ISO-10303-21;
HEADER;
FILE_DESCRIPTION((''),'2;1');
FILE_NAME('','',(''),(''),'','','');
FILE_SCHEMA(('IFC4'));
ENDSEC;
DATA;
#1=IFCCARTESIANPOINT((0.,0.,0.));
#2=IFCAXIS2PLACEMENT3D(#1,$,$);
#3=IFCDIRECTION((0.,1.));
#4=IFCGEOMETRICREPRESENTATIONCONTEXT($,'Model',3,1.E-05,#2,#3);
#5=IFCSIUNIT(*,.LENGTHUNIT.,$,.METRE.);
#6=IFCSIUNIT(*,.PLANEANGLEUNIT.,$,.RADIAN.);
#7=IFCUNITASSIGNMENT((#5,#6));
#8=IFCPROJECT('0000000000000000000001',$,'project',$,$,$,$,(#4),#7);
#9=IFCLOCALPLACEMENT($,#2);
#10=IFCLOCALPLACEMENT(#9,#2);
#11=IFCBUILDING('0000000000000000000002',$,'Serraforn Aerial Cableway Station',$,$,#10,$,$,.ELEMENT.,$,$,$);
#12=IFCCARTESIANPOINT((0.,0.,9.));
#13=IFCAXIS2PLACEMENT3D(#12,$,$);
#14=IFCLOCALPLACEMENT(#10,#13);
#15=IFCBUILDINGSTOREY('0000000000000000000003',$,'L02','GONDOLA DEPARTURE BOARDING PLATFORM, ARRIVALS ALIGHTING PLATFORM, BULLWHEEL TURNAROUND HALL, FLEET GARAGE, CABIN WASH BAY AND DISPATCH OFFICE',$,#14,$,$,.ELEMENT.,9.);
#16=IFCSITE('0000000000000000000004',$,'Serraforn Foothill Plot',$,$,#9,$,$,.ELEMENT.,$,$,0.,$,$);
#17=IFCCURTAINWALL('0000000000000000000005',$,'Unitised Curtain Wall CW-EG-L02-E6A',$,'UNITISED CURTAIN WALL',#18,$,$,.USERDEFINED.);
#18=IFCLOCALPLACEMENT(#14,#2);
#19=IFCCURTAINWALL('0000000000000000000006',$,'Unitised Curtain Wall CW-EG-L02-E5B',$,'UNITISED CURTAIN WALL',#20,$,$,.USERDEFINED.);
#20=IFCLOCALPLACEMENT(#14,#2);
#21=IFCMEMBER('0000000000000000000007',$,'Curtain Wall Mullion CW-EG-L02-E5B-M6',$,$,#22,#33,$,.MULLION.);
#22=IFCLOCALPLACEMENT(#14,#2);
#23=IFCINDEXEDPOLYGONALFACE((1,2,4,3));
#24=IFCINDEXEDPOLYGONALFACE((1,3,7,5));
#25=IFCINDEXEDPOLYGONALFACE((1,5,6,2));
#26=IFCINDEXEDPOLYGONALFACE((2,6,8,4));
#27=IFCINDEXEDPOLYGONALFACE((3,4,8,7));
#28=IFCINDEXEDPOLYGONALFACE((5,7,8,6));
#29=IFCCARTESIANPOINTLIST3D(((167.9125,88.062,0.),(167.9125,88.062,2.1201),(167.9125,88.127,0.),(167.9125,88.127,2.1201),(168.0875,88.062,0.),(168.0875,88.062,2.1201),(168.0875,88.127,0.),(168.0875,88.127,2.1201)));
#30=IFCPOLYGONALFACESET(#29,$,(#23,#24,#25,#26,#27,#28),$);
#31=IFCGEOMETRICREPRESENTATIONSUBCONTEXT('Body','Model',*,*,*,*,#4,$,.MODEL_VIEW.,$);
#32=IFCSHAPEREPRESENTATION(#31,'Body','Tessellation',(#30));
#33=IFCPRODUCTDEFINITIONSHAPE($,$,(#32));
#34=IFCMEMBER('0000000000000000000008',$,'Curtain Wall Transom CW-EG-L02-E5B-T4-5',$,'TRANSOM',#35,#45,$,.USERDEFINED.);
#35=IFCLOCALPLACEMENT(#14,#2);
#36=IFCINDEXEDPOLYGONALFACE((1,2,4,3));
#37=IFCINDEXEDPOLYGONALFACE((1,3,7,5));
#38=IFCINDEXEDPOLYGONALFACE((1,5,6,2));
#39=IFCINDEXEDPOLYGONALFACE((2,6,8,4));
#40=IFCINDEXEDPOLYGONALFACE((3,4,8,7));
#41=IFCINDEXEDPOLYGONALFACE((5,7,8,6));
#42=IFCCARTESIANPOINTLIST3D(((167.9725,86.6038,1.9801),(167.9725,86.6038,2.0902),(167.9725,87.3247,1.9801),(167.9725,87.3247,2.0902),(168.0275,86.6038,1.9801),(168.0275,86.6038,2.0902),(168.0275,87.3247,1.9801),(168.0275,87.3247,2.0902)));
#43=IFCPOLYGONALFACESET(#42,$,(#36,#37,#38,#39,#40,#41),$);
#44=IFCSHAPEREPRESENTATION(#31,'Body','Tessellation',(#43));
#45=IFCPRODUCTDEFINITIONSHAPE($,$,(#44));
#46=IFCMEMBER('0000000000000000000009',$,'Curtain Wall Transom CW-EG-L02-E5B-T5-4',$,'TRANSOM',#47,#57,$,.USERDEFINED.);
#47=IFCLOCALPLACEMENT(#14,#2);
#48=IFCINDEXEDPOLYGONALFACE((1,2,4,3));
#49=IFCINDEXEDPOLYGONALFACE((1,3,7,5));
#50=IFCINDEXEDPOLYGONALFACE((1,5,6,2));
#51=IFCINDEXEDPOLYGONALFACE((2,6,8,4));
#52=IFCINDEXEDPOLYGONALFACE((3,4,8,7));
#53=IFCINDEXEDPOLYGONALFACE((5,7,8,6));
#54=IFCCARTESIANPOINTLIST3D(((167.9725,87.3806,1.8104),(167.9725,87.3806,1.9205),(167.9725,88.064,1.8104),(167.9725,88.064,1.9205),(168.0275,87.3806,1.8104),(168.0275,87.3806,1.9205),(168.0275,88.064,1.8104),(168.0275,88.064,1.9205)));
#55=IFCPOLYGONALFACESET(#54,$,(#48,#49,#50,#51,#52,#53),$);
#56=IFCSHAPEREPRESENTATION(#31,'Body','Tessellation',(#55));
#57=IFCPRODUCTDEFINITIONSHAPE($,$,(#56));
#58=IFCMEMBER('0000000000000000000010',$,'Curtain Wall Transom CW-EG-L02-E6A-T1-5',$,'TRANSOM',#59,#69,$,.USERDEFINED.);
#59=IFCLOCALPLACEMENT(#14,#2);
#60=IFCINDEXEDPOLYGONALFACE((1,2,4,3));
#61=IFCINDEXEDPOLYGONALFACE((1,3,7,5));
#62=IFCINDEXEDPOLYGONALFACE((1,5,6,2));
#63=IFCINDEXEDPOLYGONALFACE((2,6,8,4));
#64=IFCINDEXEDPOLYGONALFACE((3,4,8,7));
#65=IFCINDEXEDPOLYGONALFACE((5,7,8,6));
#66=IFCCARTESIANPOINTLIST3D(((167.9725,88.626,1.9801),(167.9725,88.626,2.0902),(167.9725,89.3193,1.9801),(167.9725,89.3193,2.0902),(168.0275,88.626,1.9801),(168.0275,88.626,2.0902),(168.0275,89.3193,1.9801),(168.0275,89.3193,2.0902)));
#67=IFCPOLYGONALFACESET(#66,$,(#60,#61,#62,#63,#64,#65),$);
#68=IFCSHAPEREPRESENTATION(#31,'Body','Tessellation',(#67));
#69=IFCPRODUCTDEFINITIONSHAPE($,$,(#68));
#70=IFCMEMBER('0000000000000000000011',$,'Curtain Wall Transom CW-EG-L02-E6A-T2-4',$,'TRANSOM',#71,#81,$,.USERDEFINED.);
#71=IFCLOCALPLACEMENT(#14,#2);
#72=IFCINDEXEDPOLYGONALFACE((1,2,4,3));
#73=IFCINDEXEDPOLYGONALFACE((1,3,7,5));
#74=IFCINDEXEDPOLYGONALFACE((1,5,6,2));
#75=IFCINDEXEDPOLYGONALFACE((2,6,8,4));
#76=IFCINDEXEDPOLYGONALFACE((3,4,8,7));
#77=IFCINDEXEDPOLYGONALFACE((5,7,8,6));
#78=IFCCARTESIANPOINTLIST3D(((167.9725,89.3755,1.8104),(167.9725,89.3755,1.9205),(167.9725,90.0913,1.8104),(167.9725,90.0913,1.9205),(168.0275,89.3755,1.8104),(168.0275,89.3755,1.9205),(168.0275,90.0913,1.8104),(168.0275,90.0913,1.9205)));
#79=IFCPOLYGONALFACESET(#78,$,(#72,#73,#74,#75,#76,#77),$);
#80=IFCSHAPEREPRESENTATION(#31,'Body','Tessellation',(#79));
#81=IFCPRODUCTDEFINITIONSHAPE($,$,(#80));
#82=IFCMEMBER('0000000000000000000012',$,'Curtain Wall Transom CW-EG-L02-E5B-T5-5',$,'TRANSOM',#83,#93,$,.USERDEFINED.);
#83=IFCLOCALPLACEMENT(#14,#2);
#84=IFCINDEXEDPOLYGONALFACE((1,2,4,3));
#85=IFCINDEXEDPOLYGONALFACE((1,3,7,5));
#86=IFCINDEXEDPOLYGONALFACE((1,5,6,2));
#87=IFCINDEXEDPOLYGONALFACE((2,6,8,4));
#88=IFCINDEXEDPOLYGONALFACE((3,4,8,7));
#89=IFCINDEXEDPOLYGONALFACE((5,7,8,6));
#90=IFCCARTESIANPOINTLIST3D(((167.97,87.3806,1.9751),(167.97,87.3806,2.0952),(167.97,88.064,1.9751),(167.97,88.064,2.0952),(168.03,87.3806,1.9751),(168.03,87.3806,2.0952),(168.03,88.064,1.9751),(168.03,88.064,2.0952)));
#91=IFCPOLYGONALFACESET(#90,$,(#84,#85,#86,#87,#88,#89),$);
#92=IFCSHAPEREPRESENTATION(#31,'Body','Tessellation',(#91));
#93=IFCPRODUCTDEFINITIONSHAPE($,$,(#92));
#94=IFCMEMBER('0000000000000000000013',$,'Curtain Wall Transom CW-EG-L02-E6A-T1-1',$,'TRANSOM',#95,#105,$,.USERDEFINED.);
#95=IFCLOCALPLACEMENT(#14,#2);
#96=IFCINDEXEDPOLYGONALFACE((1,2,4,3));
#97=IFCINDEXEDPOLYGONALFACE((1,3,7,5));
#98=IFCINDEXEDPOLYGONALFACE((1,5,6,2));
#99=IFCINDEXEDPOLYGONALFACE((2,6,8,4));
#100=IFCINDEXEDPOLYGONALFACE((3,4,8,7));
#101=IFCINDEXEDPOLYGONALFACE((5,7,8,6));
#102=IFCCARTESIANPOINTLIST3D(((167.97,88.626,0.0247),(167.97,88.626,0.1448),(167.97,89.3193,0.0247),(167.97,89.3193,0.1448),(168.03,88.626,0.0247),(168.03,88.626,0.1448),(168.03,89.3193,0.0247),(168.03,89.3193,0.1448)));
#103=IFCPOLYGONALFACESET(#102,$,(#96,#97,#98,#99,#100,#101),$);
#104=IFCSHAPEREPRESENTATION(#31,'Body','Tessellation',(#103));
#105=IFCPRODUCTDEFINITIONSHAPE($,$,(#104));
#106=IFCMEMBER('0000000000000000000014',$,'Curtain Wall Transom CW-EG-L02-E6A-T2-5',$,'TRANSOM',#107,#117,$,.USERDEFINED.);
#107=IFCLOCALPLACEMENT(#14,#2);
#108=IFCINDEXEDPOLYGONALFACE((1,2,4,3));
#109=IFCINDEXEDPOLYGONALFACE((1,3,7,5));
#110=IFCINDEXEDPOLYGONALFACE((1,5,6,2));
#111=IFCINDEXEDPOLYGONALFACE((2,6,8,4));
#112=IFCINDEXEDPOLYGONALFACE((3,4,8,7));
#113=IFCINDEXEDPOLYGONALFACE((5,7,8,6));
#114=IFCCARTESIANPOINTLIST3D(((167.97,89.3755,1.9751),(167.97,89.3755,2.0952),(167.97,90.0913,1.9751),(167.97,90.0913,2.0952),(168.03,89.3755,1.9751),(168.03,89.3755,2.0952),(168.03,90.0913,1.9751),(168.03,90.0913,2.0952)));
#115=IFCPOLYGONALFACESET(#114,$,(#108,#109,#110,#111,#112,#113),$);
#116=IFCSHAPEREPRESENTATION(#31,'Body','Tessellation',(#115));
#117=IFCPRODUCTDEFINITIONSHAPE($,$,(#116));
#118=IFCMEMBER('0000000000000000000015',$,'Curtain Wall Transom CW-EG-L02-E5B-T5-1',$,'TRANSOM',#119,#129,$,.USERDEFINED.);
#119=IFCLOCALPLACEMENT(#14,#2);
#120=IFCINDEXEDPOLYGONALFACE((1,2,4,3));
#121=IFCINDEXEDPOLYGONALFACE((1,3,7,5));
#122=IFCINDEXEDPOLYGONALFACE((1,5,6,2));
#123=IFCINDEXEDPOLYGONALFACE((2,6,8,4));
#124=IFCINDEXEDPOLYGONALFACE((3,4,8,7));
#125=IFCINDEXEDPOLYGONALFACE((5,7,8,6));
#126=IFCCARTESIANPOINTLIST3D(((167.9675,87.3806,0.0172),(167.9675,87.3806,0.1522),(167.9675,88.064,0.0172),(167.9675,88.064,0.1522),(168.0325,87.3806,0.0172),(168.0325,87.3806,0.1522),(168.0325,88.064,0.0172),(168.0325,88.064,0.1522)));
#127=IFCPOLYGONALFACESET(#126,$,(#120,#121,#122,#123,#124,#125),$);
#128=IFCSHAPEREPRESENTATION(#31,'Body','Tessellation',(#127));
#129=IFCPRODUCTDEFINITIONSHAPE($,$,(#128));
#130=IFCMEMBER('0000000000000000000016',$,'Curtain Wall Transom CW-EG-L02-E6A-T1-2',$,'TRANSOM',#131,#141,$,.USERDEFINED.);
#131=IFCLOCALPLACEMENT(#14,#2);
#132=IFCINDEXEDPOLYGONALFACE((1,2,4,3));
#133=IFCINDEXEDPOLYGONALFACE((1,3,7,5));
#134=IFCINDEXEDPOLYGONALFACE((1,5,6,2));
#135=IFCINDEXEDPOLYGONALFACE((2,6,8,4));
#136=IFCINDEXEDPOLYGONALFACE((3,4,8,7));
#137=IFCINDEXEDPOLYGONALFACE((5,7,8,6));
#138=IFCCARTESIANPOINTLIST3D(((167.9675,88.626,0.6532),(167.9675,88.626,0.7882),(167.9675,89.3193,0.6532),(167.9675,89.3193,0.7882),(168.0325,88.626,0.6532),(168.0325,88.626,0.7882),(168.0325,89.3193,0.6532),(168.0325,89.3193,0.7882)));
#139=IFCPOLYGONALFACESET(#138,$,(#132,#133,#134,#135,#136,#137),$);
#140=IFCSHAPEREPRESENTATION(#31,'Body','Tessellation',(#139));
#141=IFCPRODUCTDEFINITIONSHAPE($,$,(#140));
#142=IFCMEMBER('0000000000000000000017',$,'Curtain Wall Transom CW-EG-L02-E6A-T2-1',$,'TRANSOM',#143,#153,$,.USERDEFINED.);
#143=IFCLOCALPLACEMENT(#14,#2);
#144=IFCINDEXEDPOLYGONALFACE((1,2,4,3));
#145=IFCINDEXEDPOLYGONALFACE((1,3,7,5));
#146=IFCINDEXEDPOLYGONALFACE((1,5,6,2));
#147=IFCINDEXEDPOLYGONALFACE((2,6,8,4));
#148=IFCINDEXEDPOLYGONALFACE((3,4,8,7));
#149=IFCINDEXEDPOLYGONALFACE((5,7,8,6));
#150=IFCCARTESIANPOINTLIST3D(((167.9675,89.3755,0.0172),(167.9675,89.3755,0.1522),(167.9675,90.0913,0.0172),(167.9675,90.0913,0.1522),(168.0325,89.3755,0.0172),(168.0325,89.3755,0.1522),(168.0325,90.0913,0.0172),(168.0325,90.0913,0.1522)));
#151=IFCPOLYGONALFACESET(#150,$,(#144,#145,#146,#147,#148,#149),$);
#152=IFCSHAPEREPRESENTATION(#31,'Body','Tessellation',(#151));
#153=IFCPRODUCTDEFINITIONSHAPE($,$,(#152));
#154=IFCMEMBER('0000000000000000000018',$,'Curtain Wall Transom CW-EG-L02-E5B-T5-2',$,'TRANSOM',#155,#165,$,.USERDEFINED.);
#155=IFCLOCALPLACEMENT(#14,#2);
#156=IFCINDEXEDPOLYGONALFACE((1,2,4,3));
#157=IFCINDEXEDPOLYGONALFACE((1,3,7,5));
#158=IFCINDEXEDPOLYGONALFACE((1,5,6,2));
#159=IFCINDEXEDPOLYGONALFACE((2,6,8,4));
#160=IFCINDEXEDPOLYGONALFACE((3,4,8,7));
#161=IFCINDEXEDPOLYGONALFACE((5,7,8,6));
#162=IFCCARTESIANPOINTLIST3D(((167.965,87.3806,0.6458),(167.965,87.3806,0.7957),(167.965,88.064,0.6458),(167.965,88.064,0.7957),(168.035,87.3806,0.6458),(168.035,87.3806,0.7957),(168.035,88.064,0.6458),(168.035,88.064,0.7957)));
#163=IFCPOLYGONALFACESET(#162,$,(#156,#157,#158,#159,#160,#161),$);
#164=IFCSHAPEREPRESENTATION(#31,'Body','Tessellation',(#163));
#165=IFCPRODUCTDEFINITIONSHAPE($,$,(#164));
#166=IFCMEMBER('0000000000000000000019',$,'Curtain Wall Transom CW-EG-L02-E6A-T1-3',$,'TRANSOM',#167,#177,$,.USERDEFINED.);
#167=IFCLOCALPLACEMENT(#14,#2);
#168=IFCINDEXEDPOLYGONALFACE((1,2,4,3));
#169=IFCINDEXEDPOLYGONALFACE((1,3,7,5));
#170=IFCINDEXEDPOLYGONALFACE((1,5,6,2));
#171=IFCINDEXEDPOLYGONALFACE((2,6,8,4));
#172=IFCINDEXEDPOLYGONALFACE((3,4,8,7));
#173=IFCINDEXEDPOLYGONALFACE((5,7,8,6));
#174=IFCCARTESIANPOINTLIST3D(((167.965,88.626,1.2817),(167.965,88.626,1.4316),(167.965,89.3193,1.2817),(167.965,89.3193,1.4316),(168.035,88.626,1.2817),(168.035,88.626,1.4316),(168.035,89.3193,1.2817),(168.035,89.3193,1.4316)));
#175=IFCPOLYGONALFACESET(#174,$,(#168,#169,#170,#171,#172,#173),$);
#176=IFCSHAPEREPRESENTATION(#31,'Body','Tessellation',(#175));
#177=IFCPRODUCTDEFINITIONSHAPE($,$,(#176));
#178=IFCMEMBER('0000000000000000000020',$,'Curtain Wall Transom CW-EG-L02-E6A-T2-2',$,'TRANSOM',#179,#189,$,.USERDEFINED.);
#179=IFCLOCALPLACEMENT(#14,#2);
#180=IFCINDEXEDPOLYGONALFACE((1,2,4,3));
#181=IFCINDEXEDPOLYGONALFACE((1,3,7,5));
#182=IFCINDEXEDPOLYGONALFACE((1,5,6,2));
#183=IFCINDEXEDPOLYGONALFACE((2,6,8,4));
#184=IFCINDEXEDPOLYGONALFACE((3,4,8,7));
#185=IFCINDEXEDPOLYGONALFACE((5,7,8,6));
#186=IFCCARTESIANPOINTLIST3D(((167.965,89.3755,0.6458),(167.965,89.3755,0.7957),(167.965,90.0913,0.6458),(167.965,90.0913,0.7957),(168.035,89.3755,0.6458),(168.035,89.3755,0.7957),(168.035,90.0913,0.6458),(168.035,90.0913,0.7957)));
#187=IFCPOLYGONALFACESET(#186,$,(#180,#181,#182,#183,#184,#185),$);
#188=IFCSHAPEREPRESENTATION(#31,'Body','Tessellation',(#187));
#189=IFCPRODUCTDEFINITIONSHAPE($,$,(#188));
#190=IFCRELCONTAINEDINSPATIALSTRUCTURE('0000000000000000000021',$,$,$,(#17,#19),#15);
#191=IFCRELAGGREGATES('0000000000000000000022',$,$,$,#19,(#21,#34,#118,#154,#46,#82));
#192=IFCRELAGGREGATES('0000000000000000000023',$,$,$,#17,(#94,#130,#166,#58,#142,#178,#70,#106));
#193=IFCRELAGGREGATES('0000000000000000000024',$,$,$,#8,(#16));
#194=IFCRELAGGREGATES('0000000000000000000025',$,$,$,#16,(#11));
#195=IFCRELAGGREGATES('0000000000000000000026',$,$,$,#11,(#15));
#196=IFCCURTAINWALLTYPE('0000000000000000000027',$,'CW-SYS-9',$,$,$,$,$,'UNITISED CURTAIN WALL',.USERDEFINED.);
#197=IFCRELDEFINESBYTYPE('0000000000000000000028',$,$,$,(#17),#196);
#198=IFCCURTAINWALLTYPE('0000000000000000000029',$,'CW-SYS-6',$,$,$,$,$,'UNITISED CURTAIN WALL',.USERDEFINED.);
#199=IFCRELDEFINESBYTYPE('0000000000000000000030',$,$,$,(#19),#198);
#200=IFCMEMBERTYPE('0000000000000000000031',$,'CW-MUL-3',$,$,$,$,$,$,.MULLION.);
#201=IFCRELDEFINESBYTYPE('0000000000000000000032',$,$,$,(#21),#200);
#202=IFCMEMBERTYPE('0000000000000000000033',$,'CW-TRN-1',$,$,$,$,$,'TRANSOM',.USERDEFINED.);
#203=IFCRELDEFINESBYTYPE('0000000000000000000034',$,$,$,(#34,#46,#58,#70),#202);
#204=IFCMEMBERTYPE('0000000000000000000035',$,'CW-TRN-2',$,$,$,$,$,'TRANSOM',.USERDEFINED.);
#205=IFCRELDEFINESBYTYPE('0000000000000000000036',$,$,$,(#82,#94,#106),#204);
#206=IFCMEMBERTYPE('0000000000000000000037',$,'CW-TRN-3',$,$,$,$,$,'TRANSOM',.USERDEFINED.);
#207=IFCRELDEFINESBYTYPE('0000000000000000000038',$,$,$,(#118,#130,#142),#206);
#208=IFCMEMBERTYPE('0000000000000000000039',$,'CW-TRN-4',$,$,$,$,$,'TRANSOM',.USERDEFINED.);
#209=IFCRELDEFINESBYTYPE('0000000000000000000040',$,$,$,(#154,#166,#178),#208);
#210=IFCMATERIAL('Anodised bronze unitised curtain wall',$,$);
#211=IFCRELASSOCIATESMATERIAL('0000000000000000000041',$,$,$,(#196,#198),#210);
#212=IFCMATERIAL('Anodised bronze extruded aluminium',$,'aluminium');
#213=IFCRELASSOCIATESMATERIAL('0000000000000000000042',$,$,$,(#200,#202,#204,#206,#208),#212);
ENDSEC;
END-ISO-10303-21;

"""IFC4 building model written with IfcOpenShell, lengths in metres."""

from ifc_helpers import new_model, si_unit, direction, frame, origin, origin_2d, place, context, subcontext, project, spatial, rectangle, extrude, material, material_profile, profile_set, type_object, element, aggregate, save


model = new_model("IFC4")

# Units and contexts
model_context = context("Model", 3, precision=1e-05, world=origin(), true_north=direction((0.0, 1.0)))
body_context = subcontext(model_context, "Body", "Model", "MODEL_VIEW")
ifc_project = project(units=[si_unit("LENGTHUNIT", "METRE"), si_unit("PLANEANGLEUNIT", "RADIAN")], contexts=[model_context])

# Site, building, storey
site_placement = place(None, origin())
site = spatial("IfcSite", under=ifc_project, at=site_placement, Name="Serraforn Foothill Plot", CompositionType="ELEMENT", RefElevation=0.0)
building_placement = place(site_placement, origin())
building = spatial("IfcBuilding", under=site, at=building_placement, Name="Serraforn Aerial Cableway Station", CompositionType="ELEMENT")
storey_placement = place(building_placement, frame((0.0, 0.0, 9.0)))
storey = spatial("IfcBuildingStorey", under=building, at=storey_placement, Name="L02", Description="GONDOLA DEPARTURE BOARDING PLATFORM, ARRIVALS ALIGHTING PLATFORM, BULLWHEEL TURNAROUND HALL, FLEET GARAGE, CABIN WASH BAY AND DISPATCH OFFICE", CompositionType="ELEMENT", Elevation=9.0)

# Curtain walls
ifc_material_1 = material(Name="Anodised bronze unitised curtain wall")
curtain_wall_type_1 = type_object("IfcCurtainWallType", Name="CW-SYS-9", ElementType="UNITISED CURTAIN WALL", PredefinedType="USERDEFINED", material=ifc_material_1)
curtain_wall_1_placement = place(storey_placement, origin())
curtain_wall_1 = element("IfcCurtainWall", 1, at=curtain_wall_1_placement, inside=storey, type_object=curtain_wall_type_1, Name="Unitised Curtain Wall CW-EG-L02-E6A", ObjectType="UNITISED CURTAIN WALL", PredefinedType="USERDEFINED")
ifc_material_2 = material(Name="Anodised bronze extruded aluminium", Category="aluminium")
curtain_wall_type_2 = type_object("IfcCurtainWallType", Name="CW-SYS-6", ElementType="UNITISED CURTAIN WALL", PredefinedType="USERDEFINED", material=ifc_material_1)
curtain_wall_2_placement = place(storey_placement, origin())
curtain_wall_2 = element("IfcCurtainWall", 2, at=curtain_wall_2_placement, inside=storey, type_object=curtain_wall_type_2, Name="Unitised Curtain Wall CW-EG-L02-E5B", ObjectType="UNITISED CURTAIN WALL", PredefinedType="USERDEFINED")

# Members
ifc_material_profile_1 = material_profile(ifc_material_2, rectangle(XDim=0.0649, YDim=0.175, at=origin_2d()), Name="CW MULLION 65x175")
ifc_profile_set_1 = profile_set([ifc_material_profile_1], Name="Anodised bronze extruded aluminium")
member_type_1 = type_object("IfcMemberType", Name="CW-MUL-3", PredefinedType="MULLION", material=ifc_profile_set_1)
member_1_placement = place(storey_placement, frame((168.0, 88.0945, 0.0), z_axis=(0.0, 0.0, 1.0), x_axis=(0.0, 1.0, 0.0)))
member_1 = element("IfcMember", 3, at=member_1_placement, type_object=member_type_1, Name="Curtain Wall Mullion CW-EG-L02-E5B-M6", PredefinedType="MULLION", context=body_context, shape_type="SweptSolid", body=[
    extrude(rectangle(XDim=0.0649, YDim=0.175, at=origin_2d()), origin(), (0.0, 0.0, 1.0), 2.1201),
])
ifc_material_profile_2 = material_profile(ifc_material_2, rectangle(XDim=0.0549, YDim=0.1101, at=origin_2d()), Name="CW TRANSOM 55x110")
ifc_profile_set_2 = profile_set([ifc_material_profile_2], Name="Anodised bronze extruded aluminium")
member_type_2 = type_object("IfcMemberType", Name="CW-TRN-1", ElementType="TRANSOM", PredefinedType="USERDEFINED", material=ifc_profile_set_2)
member_2_placement = place(storey_placement, frame((168.0, 86.6038, 2.0352), z_axis=(0.0, 1.0, 0.0), x_axis=(-1.0, 0.0, 0.0)))
member_2 = element("IfcMember", 4, at=member_2_placement, type_object=member_type_2, Name="Curtain Wall Transom CW-EG-L02-E5B-T4-5", ObjectType="TRANSOM", PredefinedType="USERDEFINED", context=body_context, shape_type="SweptSolid", body=[
    extrude(rectangle(XDim=0.0549, YDim=0.1101, at=origin_2d()), origin(), (0.0, 0.0, 1.0), 0.7209),
])
member_3_placement = place(storey_placement, frame((168.0, 87.3806, 1.8655), z_axis=(0.0, 1.0, 0.0), x_axis=(-1.0, 0.0, 0.0)))
member_3 = element("IfcMember", 5, at=member_3_placement, type_object=member_type_2, Name="Curtain Wall Transom CW-EG-L02-E5B-T5-4", ObjectType="TRANSOM", PredefinedType="USERDEFINED", context=body_context, shape_type="SweptSolid", body=[
    extrude(rectangle(XDim=0.0549, YDim=0.1101, at=origin_2d()), origin(), (0.0, 0.0, 1.0), 0.6833),
])
member_4_placement = place(storey_placement, frame((168.0, 88.626, 2.0352), z_axis=(0.0, 1.0, 0.0), x_axis=(-1.0, 0.0, 0.0)))
member_4 = element("IfcMember", 6, at=member_4_placement, type_object=member_type_2, Name="Curtain Wall Transom CW-EG-L02-E6A-T1-5", ObjectType="TRANSOM", PredefinedType="USERDEFINED", context=body_context, shape_type="SweptSolid", body=[
    extrude(rectangle(XDim=0.0549, YDim=0.1101, at=origin_2d()), origin(), (0.0, 0.0, 1.0), 0.6934),
])
member_5_placement = place(storey_placement, frame((168.0, 89.3755, 1.8655), z_axis=(0.0, 1.0, 0.0), x_axis=(-1.0, 0.0, 0.0)))
member_5 = element("IfcMember", 7, at=member_5_placement, type_object=member_type_2, Name="Curtain Wall Transom CW-EG-L02-E6A-T2-4", ObjectType="TRANSOM", PredefinedType="USERDEFINED", context=body_context, shape_type="SweptSolid", body=[
    extrude(rectangle(XDim=0.0549, YDim=0.1101, at=origin_2d()), origin(), (0.0, 0.0, 1.0), 0.7158),
])
ifc_material_profile_3 = material_profile(ifc_material_2, rectangle(XDim=0.0601, YDim=0.1201, at=origin_2d()), Name="CW TRANSOM 60x120")
ifc_profile_set_3 = profile_set([ifc_material_profile_3], Name="Anodised bronze extruded aluminium")
member_type_3 = type_object("IfcMemberType", Name="CW-TRN-2", ElementType="TRANSOM", PredefinedType="USERDEFINED", material=ifc_profile_set_3)
member_6_placement = place(storey_placement, frame((168.0, 87.3806, 2.0352), z_axis=(0.0, 1.0, 0.0), x_axis=(-1.0, 0.0, 0.0)))
member_6 = element("IfcMember", 8, at=member_6_placement, type_object=member_type_3, Name="Curtain Wall Transom CW-EG-L02-E5B-T5-5", ObjectType="TRANSOM", PredefinedType="USERDEFINED", context=body_context, shape_type="SweptSolid", body=[
    extrude(rectangle(XDim=0.0601, YDim=0.1201, at=origin_2d()), origin(), (0.0, 0.0, 1.0), 0.6833),
])
member_7_placement = place(storey_placement, frame((168.0, 88.626, 0.0847), z_axis=(0.0, 1.0, 0.0), x_axis=(-1.0, 0.0, 0.0)))
member_7 = element("IfcMember", 9, at=member_7_placement, type_object=member_type_3, Name="Curtain Wall Transom CW-EG-L02-E6A-T1-1", ObjectType="TRANSOM", PredefinedType="USERDEFINED", context=body_context, shape_type="SweptSolid", body=[
    extrude(rectangle(XDim=0.0601, YDim=0.1201, at=origin_2d()), origin(), (0.0, 0.0, 1.0), 0.6934),
])
member_8_placement = place(storey_placement, frame((168.0, 89.3755, 2.0352), z_axis=(0.0, 1.0, 0.0), x_axis=(-1.0, 0.0, 0.0)))
member_8 = element("IfcMember", 10, at=member_8_placement, type_object=member_type_3, Name="Curtain Wall Transom CW-EG-L02-E6A-T2-5", ObjectType="TRANSOM", PredefinedType="USERDEFINED", context=body_context, shape_type="SweptSolid", body=[
    extrude(rectangle(XDim=0.0601, YDim=0.1201, at=origin_2d()), origin(), (0.0, 0.0, 1.0), 0.7158),
])
ifc_material_profile_4 = material_profile(ifc_material_2, rectangle(XDim=0.0649, YDim=0.135, at=origin_2d()), Name="CW TRANSOM 65x135")
ifc_profile_set_4 = profile_set([ifc_material_profile_4], Name="Anodised bronze extruded aluminium")
member_type_4 = type_object("IfcMemberType", Name="CW-TRN-3", ElementType="TRANSOM", PredefinedType="USERDEFINED", material=ifc_profile_set_4)
member_9_placement = place(storey_placement, frame((168.0, 87.3806, 0.0847), z_axis=(0.0, 1.0, 0.0), x_axis=(-1.0, 0.0, 0.0)))
member_9 = element("IfcMember", 11, at=member_9_placement, type_object=member_type_4, Name="Curtain Wall Transom CW-EG-L02-E5B-T5-1", ObjectType="TRANSOM", PredefinedType="USERDEFINED", context=body_context, shape_type="SweptSolid", body=[
    extrude(rectangle(XDim=0.0649, YDim=0.135, at=origin_2d()), origin(), (0.0, 0.0, 1.0), 0.6833),
])
member_10_placement = place(storey_placement, frame((168.0, 88.626, 0.7207), z_axis=(0.0, 1.0, 0.0), x_axis=(-1.0, 0.0, 0.0)))
member_10 = element("IfcMember", 12, at=member_10_placement, type_object=member_type_4, Name="Curtain Wall Transom CW-EG-L02-E6A-T1-2", ObjectType="TRANSOM", PredefinedType="USERDEFINED", context=body_context, shape_type="SweptSolid", body=[
    extrude(rectangle(XDim=0.0649, YDim=0.135, at=origin_2d()), origin(), (0.0, 0.0, 1.0), 0.6934),
])
member_11_placement = place(storey_placement, frame((168.0, 89.3755, 0.0847), z_axis=(0.0, 1.0, 0.0), x_axis=(-1.0, 0.0, 0.0)))
member_11 = element("IfcMember", 13, at=member_11_placement, type_object=member_type_4, Name="Curtain Wall Transom CW-EG-L02-E6A-T2-1", ObjectType="TRANSOM", PredefinedType="USERDEFINED", context=body_context, shape_type="SweptSolid", body=[
    extrude(rectangle(XDim=0.0649, YDim=0.135, at=origin_2d()), origin(), (0.0, 0.0, 1.0), 0.7158),
])
ifc_material_profile_5 = material_profile(ifc_material_2, rectangle(XDim=0.0701, YDim=0.1499, at=origin_2d()), Name="CW TRANSOM 70x150")
ifc_profile_set_5 = profile_set([ifc_material_profile_5], Name="Anodised bronze extruded aluminium")
member_type_5 = type_object("IfcMemberType", Name="CW-TRN-4", ElementType="TRANSOM", PredefinedType="USERDEFINED", material=ifc_profile_set_5)
member_12_placement = place(storey_placement, frame((168.0, 87.3806, 0.7207), z_axis=(0.0, 1.0, 0.0), x_axis=(-1.0, 0.0, 0.0)))
member_12 = element("IfcMember", 14, at=member_12_placement, type_object=member_type_5, Name="Curtain Wall Transom CW-EG-L02-E5B-T5-2", ObjectType="TRANSOM", PredefinedType="USERDEFINED", context=body_context, shape_type="SweptSolid", body=[
    extrude(rectangle(XDim=0.0701, YDim=0.1499, at=origin_2d()), origin(), (0.0, 0.0, 1.0), 0.6833),
])
member_13_placement = place(storey_placement, frame((168.0, 88.626, 1.3567), z_axis=(0.0, 1.0, 0.0), x_axis=(-1.0, 0.0, 0.0)))
member_13 = element("IfcMember", 15, at=member_13_placement, type_object=member_type_5, Name="Curtain Wall Transom CW-EG-L02-E6A-T1-3", ObjectType="TRANSOM", PredefinedType="USERDEFINED", context=body_context, shape_type="SweptSolid", body=[
    extrude(rectangle(XDim=0.0701, YDim=0.1499, at=origin_2d()), origin(), (0.0, 0.0, 1.0), 0.6934),
])
member_14_placement = place(storey_placement, frame((168.0, 89.3755, 0.7207), z_axis=(0.0, 1.0, 0.0), x_axis=(-1.0, 0.0, 0.0)))
member_14 = element("IfcMember", 16, at=member_14_placement, type_object=member_type_5, Name="Curtain Wall Transom CW-EG-L02-E6A-T2-2", ObjectType="TRANSOM", PredefinedType="USERDEFINED", context=body_context, shape_type="SweptSolid", body=[
    extrude(rectangle(XDim=0.0701, YDim=0.1499, at=origin_2d()), origin(), (0.0, 0.0, 1.0), 0.7158),
])

aggregate(curtain_wall_2, [member_1, member_2, member_9, member_12, member_3, member_6])
aggregate(curtain_wall_1, [member_7, member_10, member_13, member_4, member_11, member_14, member_5, member_8])

save(model, "model.ifc")
